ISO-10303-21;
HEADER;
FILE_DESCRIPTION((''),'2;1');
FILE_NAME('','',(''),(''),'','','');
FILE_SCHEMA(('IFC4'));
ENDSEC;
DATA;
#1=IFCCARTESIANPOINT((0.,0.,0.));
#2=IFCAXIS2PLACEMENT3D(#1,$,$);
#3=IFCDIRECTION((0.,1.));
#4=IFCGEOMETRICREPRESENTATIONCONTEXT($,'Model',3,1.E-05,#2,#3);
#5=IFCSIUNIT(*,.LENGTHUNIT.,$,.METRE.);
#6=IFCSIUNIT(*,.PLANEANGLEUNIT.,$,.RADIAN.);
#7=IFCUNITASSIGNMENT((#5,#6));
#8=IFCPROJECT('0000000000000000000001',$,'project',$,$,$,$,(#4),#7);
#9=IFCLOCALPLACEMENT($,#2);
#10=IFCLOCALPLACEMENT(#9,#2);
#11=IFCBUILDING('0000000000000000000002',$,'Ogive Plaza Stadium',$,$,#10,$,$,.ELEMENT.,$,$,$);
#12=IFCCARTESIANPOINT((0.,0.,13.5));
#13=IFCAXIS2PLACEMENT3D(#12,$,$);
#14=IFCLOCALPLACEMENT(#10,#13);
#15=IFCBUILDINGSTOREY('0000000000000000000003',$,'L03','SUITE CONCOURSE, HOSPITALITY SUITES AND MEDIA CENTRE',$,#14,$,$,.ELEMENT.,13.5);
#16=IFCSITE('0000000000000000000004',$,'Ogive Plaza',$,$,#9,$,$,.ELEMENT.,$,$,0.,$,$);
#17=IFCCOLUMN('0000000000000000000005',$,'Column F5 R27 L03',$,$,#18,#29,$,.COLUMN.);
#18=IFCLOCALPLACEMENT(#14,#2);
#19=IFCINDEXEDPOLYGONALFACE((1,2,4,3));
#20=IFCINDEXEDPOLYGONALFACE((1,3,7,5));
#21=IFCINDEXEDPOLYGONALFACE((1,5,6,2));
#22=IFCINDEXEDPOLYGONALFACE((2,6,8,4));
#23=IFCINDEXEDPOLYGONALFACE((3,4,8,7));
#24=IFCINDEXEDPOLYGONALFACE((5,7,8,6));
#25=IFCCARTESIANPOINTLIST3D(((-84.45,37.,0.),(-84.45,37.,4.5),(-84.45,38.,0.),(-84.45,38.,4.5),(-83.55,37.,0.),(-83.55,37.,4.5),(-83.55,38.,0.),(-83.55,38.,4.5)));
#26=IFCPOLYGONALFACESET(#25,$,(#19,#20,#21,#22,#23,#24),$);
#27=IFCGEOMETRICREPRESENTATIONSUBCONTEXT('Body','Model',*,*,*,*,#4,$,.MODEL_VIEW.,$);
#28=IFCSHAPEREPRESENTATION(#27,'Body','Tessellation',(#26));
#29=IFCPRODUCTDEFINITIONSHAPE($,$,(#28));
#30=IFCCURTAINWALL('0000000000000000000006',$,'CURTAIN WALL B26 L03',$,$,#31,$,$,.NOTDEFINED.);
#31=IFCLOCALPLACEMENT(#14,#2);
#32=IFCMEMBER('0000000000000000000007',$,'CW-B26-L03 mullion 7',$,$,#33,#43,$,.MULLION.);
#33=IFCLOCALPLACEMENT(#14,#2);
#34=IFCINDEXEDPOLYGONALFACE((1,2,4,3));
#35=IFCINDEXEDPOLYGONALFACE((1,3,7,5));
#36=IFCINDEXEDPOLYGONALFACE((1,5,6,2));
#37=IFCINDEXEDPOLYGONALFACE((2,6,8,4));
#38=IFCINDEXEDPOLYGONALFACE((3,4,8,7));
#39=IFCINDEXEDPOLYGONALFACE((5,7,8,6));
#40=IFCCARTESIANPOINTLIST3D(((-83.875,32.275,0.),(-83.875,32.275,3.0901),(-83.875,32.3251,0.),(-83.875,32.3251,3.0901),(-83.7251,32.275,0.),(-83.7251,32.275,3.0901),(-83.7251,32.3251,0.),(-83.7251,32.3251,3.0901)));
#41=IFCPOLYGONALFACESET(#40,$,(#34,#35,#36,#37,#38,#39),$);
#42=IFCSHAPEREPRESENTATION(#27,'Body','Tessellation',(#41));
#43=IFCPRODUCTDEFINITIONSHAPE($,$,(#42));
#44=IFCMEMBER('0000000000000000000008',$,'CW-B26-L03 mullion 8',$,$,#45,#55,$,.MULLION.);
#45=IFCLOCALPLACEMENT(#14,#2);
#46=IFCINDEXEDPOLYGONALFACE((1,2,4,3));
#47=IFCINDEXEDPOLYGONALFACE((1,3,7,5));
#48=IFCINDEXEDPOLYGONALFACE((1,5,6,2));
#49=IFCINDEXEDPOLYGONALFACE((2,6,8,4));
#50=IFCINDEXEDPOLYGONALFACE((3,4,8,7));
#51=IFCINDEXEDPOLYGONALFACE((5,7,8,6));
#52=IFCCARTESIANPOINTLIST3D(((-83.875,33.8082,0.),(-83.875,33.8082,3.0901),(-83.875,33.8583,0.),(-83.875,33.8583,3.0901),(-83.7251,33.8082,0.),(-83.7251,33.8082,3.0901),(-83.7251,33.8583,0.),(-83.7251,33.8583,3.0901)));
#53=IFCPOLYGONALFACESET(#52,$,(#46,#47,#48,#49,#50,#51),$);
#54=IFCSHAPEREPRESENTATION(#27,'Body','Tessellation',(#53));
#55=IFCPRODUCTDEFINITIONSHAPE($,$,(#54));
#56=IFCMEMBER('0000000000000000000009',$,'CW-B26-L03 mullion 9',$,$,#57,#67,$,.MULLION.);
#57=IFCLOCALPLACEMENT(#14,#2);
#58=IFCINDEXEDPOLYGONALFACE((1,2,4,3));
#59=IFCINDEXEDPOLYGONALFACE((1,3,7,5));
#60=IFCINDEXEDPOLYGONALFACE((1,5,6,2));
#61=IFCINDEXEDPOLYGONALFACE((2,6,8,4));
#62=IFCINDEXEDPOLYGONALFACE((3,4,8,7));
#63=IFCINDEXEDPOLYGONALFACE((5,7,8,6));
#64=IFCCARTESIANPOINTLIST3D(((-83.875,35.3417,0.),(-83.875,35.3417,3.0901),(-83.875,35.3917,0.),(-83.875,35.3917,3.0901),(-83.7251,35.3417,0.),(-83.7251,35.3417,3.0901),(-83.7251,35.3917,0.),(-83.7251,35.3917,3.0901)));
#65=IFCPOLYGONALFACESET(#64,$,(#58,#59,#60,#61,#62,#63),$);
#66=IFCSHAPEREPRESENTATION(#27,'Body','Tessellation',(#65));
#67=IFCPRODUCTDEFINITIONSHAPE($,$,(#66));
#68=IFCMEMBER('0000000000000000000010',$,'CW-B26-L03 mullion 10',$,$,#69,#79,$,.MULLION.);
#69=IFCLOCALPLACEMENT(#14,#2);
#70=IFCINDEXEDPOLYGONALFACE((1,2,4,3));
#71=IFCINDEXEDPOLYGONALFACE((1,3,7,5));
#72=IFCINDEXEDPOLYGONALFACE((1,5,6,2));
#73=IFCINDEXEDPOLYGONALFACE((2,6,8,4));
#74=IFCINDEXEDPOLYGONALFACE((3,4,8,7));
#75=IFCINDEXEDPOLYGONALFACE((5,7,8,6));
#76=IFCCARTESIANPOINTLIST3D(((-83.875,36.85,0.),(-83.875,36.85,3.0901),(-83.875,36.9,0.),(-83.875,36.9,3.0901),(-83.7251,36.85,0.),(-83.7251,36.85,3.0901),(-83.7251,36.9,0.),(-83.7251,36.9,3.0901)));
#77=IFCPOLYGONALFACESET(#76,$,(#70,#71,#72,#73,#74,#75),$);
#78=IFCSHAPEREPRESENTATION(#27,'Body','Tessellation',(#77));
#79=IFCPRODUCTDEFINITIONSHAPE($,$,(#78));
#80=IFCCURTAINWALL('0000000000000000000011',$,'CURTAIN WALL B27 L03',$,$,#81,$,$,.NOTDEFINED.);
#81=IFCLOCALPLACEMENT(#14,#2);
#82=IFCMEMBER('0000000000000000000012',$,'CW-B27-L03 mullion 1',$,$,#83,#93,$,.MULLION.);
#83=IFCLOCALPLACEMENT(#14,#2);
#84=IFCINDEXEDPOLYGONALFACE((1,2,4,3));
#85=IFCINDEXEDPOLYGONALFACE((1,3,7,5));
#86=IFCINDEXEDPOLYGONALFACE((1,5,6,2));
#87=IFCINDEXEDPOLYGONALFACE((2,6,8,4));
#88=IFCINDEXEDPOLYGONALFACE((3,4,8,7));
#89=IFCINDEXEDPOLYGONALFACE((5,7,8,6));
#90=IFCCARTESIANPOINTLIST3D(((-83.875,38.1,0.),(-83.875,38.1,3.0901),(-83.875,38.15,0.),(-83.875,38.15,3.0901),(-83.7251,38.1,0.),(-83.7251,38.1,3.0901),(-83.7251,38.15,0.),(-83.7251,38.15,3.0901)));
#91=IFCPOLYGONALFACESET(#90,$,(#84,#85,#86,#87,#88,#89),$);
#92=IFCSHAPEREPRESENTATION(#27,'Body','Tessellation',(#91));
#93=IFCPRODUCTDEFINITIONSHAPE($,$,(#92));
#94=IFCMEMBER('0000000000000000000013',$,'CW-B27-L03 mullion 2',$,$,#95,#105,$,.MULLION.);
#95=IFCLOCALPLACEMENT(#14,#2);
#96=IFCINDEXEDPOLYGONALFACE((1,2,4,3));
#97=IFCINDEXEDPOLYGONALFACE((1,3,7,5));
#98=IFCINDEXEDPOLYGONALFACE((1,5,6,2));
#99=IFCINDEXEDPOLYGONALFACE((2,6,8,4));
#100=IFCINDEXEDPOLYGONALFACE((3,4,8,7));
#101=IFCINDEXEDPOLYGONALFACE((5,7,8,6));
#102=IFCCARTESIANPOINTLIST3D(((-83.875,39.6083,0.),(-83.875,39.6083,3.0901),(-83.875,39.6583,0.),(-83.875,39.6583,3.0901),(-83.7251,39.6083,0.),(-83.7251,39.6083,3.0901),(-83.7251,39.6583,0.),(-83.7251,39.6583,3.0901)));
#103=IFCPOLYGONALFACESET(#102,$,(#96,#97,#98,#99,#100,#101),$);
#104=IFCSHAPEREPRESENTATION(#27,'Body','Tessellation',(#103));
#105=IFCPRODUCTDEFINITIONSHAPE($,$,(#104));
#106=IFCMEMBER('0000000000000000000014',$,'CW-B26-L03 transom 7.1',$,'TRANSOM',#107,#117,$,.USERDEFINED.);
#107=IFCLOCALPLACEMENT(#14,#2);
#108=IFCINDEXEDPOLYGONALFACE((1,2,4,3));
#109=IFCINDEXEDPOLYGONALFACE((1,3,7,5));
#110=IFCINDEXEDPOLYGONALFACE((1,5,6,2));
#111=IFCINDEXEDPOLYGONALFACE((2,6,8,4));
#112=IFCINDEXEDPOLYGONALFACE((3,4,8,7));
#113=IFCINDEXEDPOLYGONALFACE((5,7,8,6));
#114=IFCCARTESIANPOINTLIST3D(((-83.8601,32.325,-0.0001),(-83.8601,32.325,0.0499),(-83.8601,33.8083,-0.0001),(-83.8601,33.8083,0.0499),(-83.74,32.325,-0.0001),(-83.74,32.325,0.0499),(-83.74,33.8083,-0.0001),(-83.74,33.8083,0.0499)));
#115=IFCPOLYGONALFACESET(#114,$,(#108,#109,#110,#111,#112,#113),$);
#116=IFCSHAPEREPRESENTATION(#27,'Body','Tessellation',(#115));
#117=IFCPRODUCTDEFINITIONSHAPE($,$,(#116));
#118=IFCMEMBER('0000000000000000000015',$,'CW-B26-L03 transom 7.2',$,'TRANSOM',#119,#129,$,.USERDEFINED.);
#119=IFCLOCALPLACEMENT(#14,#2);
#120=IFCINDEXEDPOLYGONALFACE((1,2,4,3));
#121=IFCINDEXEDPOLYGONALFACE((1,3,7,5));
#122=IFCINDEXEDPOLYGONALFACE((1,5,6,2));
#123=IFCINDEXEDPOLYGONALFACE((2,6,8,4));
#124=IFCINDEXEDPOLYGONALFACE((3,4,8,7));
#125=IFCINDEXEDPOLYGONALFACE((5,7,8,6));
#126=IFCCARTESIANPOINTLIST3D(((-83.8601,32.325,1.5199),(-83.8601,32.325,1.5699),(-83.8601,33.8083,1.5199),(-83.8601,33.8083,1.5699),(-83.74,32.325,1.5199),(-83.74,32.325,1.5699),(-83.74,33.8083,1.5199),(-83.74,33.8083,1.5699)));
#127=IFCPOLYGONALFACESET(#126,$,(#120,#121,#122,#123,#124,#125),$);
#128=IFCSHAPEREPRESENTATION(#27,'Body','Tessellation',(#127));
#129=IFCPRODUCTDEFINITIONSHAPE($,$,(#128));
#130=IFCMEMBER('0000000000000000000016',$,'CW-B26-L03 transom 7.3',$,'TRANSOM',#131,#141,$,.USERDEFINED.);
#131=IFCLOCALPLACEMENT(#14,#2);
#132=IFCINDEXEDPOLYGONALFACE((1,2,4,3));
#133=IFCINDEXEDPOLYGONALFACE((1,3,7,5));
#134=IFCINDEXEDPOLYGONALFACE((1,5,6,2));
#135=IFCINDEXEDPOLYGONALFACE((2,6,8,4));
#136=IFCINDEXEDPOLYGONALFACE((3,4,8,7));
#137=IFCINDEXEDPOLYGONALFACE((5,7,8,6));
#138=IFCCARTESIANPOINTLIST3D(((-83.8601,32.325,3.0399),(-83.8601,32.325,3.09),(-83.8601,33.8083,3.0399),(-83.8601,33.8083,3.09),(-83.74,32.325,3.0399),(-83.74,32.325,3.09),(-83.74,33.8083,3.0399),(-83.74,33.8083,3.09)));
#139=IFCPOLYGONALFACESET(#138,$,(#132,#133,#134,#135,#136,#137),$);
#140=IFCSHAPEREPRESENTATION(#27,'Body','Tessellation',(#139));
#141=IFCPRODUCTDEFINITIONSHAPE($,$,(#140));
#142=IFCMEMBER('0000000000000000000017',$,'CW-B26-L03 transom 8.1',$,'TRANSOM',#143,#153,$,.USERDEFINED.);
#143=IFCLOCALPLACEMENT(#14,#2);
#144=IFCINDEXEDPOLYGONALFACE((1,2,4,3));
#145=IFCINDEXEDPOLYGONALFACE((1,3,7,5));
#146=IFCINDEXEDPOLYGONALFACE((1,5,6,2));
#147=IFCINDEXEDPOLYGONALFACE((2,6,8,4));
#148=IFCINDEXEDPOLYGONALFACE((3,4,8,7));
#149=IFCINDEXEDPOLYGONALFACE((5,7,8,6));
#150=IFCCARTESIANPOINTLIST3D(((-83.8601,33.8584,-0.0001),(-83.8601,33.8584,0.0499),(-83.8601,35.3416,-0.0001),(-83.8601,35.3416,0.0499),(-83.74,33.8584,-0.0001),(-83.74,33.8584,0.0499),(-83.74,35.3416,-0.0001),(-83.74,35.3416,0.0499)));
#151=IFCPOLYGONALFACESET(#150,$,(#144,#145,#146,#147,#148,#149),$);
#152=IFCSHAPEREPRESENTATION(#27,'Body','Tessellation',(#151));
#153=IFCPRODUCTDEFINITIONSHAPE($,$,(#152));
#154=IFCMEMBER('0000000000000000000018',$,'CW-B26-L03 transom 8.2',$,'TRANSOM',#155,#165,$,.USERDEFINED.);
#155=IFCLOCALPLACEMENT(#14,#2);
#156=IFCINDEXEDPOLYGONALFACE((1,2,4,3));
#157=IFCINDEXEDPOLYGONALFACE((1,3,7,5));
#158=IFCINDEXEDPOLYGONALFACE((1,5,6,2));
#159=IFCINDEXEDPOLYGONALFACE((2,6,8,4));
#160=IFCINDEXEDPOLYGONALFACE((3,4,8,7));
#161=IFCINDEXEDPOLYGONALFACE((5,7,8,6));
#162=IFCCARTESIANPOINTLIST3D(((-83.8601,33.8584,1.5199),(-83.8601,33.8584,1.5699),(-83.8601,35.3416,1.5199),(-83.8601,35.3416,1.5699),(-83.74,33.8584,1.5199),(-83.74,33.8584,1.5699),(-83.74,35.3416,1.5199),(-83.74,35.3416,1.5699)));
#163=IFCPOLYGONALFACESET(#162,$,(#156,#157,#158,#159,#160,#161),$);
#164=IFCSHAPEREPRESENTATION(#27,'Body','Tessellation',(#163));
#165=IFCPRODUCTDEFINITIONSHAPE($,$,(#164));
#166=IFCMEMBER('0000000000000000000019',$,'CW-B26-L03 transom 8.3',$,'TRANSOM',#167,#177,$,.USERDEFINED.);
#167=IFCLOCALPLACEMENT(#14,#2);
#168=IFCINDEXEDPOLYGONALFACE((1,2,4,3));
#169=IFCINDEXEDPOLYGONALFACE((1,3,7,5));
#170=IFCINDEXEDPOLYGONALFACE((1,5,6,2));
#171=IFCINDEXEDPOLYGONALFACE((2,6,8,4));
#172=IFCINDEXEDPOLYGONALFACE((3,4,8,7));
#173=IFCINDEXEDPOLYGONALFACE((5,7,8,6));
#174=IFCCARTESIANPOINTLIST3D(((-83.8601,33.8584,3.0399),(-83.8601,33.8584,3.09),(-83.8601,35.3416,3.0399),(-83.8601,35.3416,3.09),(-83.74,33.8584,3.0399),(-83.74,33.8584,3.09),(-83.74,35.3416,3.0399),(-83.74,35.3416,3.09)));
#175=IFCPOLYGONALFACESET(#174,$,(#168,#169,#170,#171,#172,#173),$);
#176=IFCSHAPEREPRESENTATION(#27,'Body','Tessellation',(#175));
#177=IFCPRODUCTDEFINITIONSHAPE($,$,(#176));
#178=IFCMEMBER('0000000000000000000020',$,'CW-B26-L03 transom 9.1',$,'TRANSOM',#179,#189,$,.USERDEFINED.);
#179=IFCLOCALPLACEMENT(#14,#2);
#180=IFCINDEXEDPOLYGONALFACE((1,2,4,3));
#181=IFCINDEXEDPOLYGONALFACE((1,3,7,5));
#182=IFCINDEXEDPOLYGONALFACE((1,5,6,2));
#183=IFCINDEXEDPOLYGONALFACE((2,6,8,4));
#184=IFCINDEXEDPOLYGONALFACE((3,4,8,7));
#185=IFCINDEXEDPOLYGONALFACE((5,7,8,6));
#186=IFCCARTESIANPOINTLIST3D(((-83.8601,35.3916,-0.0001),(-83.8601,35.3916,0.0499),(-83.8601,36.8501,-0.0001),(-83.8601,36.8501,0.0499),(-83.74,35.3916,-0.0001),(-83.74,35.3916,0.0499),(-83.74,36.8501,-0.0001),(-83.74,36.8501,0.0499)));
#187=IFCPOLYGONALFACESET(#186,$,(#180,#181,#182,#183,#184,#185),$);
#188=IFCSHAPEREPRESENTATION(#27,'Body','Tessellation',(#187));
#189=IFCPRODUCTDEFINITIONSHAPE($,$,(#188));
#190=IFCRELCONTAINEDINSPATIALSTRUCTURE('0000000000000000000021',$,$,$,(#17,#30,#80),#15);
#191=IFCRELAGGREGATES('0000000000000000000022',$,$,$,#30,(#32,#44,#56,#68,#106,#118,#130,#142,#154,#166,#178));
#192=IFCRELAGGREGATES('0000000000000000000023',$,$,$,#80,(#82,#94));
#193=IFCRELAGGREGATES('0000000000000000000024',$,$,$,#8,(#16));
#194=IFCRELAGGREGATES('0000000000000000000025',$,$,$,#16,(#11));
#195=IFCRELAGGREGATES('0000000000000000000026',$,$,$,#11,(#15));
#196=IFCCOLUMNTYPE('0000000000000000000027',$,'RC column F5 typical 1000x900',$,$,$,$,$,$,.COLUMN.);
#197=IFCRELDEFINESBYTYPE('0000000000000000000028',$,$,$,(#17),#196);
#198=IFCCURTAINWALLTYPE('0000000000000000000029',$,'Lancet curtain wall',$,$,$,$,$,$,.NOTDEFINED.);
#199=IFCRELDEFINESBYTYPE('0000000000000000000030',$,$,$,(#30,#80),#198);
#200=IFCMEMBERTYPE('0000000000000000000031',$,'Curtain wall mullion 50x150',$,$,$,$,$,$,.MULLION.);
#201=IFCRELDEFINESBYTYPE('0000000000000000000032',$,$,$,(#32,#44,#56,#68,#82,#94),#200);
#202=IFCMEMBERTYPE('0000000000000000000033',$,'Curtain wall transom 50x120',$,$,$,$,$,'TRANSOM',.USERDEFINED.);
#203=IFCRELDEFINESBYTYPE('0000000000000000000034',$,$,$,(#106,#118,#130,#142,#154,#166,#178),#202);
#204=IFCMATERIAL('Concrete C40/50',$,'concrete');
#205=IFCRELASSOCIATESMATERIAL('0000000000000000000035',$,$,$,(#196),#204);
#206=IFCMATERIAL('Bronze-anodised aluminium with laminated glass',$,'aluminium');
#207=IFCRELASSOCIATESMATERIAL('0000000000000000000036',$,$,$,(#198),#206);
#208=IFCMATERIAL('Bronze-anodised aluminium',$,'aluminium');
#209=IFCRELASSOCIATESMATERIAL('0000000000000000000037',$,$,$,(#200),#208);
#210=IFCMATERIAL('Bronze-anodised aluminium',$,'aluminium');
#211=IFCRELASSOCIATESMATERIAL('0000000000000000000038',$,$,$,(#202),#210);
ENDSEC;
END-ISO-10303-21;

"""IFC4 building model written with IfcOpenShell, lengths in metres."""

from ifc_helpers import new_model, si_unit, direction, frame, origin, origin_2d, place, context, subcontext, project, spatial, rectangle, extrude, material, material_profile, profile_set, type_object, element, aggregate, save


model = new_model("IFC4")

# Units and contexts
model_context = context("Model", 3, precision=1e-05, world=origin(), true_north=direction((0.0, 1.0)))
body_context = subcontext(model_context, "Body", "Model", "MODEL_VIEW")
ifc_project = project(units=[si_unit("LENGTHUNIT", "METRE"), si_unit("PLANEANGLEUNIT", "RADIAN")], contexts=[model_context])

# Site, building, storey
site_placement = place(None, origin())
site = spatial("IfcSite", under=ifc_project, at=site_placement, Name="Ogive Plaza", CompositionType="ELEMENT", RefElevation=0.0)
building_placement = place(site_placement, origin())
building = spatial("IfcBuilding", under=site, at=building_placement, Name="Ogive Plaza Stadium", CompositionType="ELEMENT")
storey_placement = place(building_placement, frame((0.0, 0.0, 13.5)))
storey = spatial("IfcBuildingStorey", under=building, at=storey_placement, Name="L03", Description="SUITE CONCOURSE, HOSPITALITY SUITES AND MEDIA CENTRE", CompositionType="ELEMENT", Elevation=13.5)

# Column
ifc_material_1 = material(Name="Concrete C40/50", Category="concrete")
ifc_material_profile_1 = material_profile(ifc_material_1, rectangle(XDim=1.0, YDim=0.8999, at=origin_2d()), Name="RC 1000x900")
ifc_profile_set_1 = profile_set([ifc_material_profile_1], Name="Concrete C40/50")
column_type = type_object("IfcColumnType", Name="RC column F5 typical 1000x900", PredefinedType="COLUMN", material=ifc_profile_set_1)
column_placement = place(storey_placement, frame((-84.0, 37.5, 0.0), z_axis=(0.0, 0.0, 1.0), x_axis=(0.0, -1.0, 0.0)))
element("IfcColumn", 1, at=column_placement, inside=storey, type_object=column_type, Name="Column F5 R27 L03", PredefinedType="COLUMN", context=body_context, shape_type="SweptSolid", body=[
    extrude(rectangle(XDim=1.0, YDim=0.8999, at=origin_2d()), origin(), (0.0, 0.0, 1.0), 4.5),
])

# Curtain walls, members
ifc_material_2 = material(Name="Bronze-anodised aluminium with laminated glass", Category="aluminium")
curtain_wall_type = type_object("IfcCurtainWallType", Name="Lancet curtain wall", PredefinedType="NOTDEFINED", material=ifc_material_2)
curtain_wall_1_placement = place(storey_placement, origin())
curtain_wall_1 = element("IfcCurtainWall", 2, at=curtain_wall_1_placement, inside=storey, type_object=curtain_wall_type, Name="CURTAIN WALL B26 L03", PredefinedType="NOTDEFINED")
ifc_material_3 = material(Name="Bronze-anodised aluminium", Category="aluminium")
ifc_material_profile_2 = material_profile(ifc_material_3, rectangle(XDim=0.1499, YDim=0.05, at=origin_2d()), Name="AL 150x50")
ifc_profile_set_2 = profile_set([ifc_material_profile_2], Name="Bronze-anodised aluminium")
member_type_1 = type_object("IfcMemberType", Name="Curtain wall mullion 50x150", PredefinedType="MULLION", material=ifc_profile_set_2)
member_1_placement = place(storey_placement, frame((-83.8, 32.3, 0.0), z_axis=(0.0, 0.0, 1.0), x_axis=(-1.0, 0.0, 0.0)))
member_1 = element("IfcMember", 3, at=member_1_placement, type_object=member_type_1, Name="CW-B26-L03 mullion 7", PredefinedType="MULLION", context=body_context, shape_type="SweptSolid", body=[
    extrude(rectangle(XDim=0.1499, YDim=0.05, at=origin_2d()), origin(), (0.0, 0.0, 1.0), 3.0901),
])
member_2_placement = place(storey_placement, frame((-83.8, 33.8333, 0.0), z_axis=(0.0, 0.0, 1.0), x_axis=(-1.0, 0.0, 0.0)))
member_2 = element("IfcMember", 4, at=member_2_placement, type_object=member_type_1, Name="CW-B26-L03 mullion 8", PredefinedType="MULLION", context=body_context, shape_type="SweptSolid", body=[
    extrude(rectangle(XDim=0.1499, YDim=0.05, at=origin_2d()), origin(), (0.0, 0.0, 1.0), 3.0901),
])
member_3_placement = place(storey_placement, frame((-83.8, 35.3667, 0.0), z_axis=(0.0, 0.0, 1.0), x_axis=(-1.0, 0.0, 0.0)))
member_3 = element("IfcMember", 5, at=member_3_placement, type_object=member_type_1, Name="CW-B26-L03 mullion 9", PredefinedType="MULLION", context=body_context, shape_type="SweptSolid", body=[
    extrude(rectangle(XDim=0.1499, YDim=0.05, at=origin_2d()), origin(), (0.0, 0.0, 1.0), 3.0901),
])
member_4_placement = place(storey_placement, frame((-83.8, 36.875, 0.0), z_axis=(0.0, 0.0, 1.0), x_axis=(-1.0, 0.0, 0.0)))
member_4 = element("IfcMember", 6, at=member_4_placement, type_object=member_type_1, Name="CW-B26-L03 mullion 10", PredefinedType="MULLION", context=body_context, shape_type="SweptSolid", body=[
    extrude(rectangle(XDim=0.1499, YDim=0.05, at=origin_2d()), origin(), (0.0, 0.0, 1.0), 3.0901),
])
curtain_wall_2_placement = place(storey_placement, origin())
curtain_wall_2 = element("IfcCurtainWall", 7, at=curtain_wall_2_placement, inside=storey, type_object=curtain_wall_type, Name="CURTAIN WALL B27 L03", PredefinedType="NOTDEFINED")
member_5_placement = place(storey_placement, frame((-83.8, 38.125, 0.0), z_axis=(0.0, 0.0, 1.0), x_axis=(-1.0, 0.0, 0.0)))
member_5 = element("IfcMember", 8, at=member_5_placement, type_object=member_type_1, Name="CW-B27-L03 mullion 1", PredefinedType="MULLION", context=body_context, shape_type="SweptSolid", body=[
    extrude(rectangle(XDim=0.1499, YDim=0.05, at=origin_2d()), origin(), (0.0, 0.0, 1.0), 3.0901),
])
member_6_placement = place(storey_placement, frame((-83.8, 39.6333, 0.0), z_axis=(0.0, 0.0, 1.0), x_axis=(-1.0, 0.0, 0.0)))
member_6 = element("IfcMember", 9, at=member_6_placement, type_object=member_type_1, Name="CW-B27-L03 mullion 2", PredefinedType="MULLION", context=body_context, shape_type="SweptSolid", body=[
    extrude(rectangle(XDim=0.1499, YDim=0.05, at=origin_2d()), origin(), (0.0, 0.0, 1.0), 3.0901),
])

# Members
ifc_material_4 = material(Name="Bronze-anodised aluminium", Category="aluminium")
ifc_material_profile_3 = material_profile(ifc_material_4, rectangle(XDim=0.1201, YDim=0.05, at=origin_2d()), Name="AL 120x50")
ifc_profile_set_3 = profile_set([ifc_material_profile_3], Name="Bronze-anodised aluminium")
member_type_2 = type_object("IfcMemberType", Name="Curtain wall transom 50x120", ElementType="TRANSOM", PredefinedType="USERDEFINED", material=ifc_profile_set_3)
member_7_placement = place(storey_placement, frame((-83.8, 32.325, 0.0249), z_axis=(0.0, 1.0, 0.0), x_axis=(-1.0, 0.0, 0.0)))
member_7 = element("IfcMember", 10, at=member_7_placement, type_object=member_type_2, Name="CW-B26-L03 transom 7.1", ObjectType="TRANSOM", PredefinedType="USERDEFINED", context=body_context, shape_type="SweptSolid", body=[
    extrude(rectangle(XDim=0.1201, YDim=0.05, at=origin_2d()), origin(), (0.0, 0.0, 1.0), 1.4834),
])
member_8_placement = place(storey_placement, frame((-83.8, 32.325, 1.5449), z_axis=(0.0, 1.0, 0.0), x_axis=(-1.0, 0.0, 0.0)))
member_8 = element("IfcMember", 11, at=member_8_placement, type_object=member_type_2, Name="CW-B26-L03 transom 7.2", ObjectType="TRANSOM", PredefinedType="USERDEFINED", context=body_context, shape_type="SweptSolid", body=[
    extrude(rectangle(XDim=0.1201, YDim=0.05, at=origin_2d()), origin(), (0.0, 0.0, 1.0), 1.4834),
])
member_9_placement = place(storey_placement, frame((-83.8, 32.325, 3.0649), z_axis=(0.0, 1.0, 0.0), x_axis=(-1.0, 0.0, 0.0)))
member_9 = element("IfcMember", 12, at=member_9_placement, type_object=member_type_2, Name="CW-B26-L03 transom 7.3", ObjectType="TRANSOM", PredefinedType="USERDEFINED", context=body_context, shape_type="SweptSolid", body=[
    extrude(rectangle(XDim=0.1201, YDim=0.05, at=origin_2d()), origin(), (0.0, 0.0, 1.0), 1.4834),
])
member_10_placement = place(storey_placement, frame((-83.8, 33.8584, 0.0249), z_axis=(0.0, 1.0, 0.0), x_axis=(-1.0, 0.0, 0.0)))
member_10 = element("IfcMember", 13, at=member_10_placement, type_object=member_type_2, Name="CW-B26-L03 transom 8.1", ObjectType="TRANSOM", PredefinedType="USERDEFINED", context=body_context, shape_type="SweptSolid", body=[
    extrude(rectangle(XDim=0.1201, YDim=0.05, at=origin_2d()), origin(), (0.0, 0.0, 1.0), 1.4832),
])
member_11_placement = place(storey_placement, frame((-83.8, 33.8584, 1.5449), z_axis=(0.0, 1.0, 0.0), x_axis=(-1.0, 0.0, 0.0)))
member_11 = element("IfcMember", 14, at=member_11_placement, type_object=member_type_2, Name="CW-B26-L03 transom 8.2", ObjectType="TRANSOM", PredefinedType="USERDEFINED", context=body_context, shape_type="SweptSolid", body=[
    extrude(rectangle(XDim=0.1201, YDim=0.05, at=origin_2d()), origin(), (0.0, 0.0, 1.0), 1.4832),
])
member_12_placement = place(storey_placement, frame((-83.8, 33.8584, 3.0649), z_axis=(0.0, 1.0, 0.0), x_axis=(-1.0, 0.0, 0.0)))
member_12 = element("IfcMember", 15, at=member_12_placement, type_object=member_type_2, Name="CW-B26-L03 transom 8.3", ObjectType="TRANSOM", PredefinedType="USERDEFINED", context=body_context, shape_type="SweptSolid", body=[
    extrude(rectangle(XDim=0.1201, YDim=0.05, at=origin_2d()), origin(), (0.0, 0.0, 1.0), 1.4832),
])
member_13_placement = place(storey_placement, frame((-83.8, 35.3916, 0.0249), z_axis=(0.0, 1.0, 0.0), x_axis=(-1.0, 0.0, 0.0)))
member_13 = element("IfcMember", 16, at=member_13_placement, type_object=member_type_2, Name="CW-B26-L03 transom 9.1", ObjectType="TRANSOM", PredefinedType="USERDEFINED", context=body_context, shape_type="SweptSolid", body=[
    extrude(rectangle(XDim=0.1201, YDim=0.05, at=origin_2d()), origin(), (0.0, 0.0, 1.0), 1.4585),
])

aggregate(curtain_wall_1, [member_1, member_2, member_3, member_4, member_7, member_8, member_9, member_10, member_11, member_12, member_13])
aggregate(curtain_wall_2, [member_5, member_6])

save(model, "model.ifc")
